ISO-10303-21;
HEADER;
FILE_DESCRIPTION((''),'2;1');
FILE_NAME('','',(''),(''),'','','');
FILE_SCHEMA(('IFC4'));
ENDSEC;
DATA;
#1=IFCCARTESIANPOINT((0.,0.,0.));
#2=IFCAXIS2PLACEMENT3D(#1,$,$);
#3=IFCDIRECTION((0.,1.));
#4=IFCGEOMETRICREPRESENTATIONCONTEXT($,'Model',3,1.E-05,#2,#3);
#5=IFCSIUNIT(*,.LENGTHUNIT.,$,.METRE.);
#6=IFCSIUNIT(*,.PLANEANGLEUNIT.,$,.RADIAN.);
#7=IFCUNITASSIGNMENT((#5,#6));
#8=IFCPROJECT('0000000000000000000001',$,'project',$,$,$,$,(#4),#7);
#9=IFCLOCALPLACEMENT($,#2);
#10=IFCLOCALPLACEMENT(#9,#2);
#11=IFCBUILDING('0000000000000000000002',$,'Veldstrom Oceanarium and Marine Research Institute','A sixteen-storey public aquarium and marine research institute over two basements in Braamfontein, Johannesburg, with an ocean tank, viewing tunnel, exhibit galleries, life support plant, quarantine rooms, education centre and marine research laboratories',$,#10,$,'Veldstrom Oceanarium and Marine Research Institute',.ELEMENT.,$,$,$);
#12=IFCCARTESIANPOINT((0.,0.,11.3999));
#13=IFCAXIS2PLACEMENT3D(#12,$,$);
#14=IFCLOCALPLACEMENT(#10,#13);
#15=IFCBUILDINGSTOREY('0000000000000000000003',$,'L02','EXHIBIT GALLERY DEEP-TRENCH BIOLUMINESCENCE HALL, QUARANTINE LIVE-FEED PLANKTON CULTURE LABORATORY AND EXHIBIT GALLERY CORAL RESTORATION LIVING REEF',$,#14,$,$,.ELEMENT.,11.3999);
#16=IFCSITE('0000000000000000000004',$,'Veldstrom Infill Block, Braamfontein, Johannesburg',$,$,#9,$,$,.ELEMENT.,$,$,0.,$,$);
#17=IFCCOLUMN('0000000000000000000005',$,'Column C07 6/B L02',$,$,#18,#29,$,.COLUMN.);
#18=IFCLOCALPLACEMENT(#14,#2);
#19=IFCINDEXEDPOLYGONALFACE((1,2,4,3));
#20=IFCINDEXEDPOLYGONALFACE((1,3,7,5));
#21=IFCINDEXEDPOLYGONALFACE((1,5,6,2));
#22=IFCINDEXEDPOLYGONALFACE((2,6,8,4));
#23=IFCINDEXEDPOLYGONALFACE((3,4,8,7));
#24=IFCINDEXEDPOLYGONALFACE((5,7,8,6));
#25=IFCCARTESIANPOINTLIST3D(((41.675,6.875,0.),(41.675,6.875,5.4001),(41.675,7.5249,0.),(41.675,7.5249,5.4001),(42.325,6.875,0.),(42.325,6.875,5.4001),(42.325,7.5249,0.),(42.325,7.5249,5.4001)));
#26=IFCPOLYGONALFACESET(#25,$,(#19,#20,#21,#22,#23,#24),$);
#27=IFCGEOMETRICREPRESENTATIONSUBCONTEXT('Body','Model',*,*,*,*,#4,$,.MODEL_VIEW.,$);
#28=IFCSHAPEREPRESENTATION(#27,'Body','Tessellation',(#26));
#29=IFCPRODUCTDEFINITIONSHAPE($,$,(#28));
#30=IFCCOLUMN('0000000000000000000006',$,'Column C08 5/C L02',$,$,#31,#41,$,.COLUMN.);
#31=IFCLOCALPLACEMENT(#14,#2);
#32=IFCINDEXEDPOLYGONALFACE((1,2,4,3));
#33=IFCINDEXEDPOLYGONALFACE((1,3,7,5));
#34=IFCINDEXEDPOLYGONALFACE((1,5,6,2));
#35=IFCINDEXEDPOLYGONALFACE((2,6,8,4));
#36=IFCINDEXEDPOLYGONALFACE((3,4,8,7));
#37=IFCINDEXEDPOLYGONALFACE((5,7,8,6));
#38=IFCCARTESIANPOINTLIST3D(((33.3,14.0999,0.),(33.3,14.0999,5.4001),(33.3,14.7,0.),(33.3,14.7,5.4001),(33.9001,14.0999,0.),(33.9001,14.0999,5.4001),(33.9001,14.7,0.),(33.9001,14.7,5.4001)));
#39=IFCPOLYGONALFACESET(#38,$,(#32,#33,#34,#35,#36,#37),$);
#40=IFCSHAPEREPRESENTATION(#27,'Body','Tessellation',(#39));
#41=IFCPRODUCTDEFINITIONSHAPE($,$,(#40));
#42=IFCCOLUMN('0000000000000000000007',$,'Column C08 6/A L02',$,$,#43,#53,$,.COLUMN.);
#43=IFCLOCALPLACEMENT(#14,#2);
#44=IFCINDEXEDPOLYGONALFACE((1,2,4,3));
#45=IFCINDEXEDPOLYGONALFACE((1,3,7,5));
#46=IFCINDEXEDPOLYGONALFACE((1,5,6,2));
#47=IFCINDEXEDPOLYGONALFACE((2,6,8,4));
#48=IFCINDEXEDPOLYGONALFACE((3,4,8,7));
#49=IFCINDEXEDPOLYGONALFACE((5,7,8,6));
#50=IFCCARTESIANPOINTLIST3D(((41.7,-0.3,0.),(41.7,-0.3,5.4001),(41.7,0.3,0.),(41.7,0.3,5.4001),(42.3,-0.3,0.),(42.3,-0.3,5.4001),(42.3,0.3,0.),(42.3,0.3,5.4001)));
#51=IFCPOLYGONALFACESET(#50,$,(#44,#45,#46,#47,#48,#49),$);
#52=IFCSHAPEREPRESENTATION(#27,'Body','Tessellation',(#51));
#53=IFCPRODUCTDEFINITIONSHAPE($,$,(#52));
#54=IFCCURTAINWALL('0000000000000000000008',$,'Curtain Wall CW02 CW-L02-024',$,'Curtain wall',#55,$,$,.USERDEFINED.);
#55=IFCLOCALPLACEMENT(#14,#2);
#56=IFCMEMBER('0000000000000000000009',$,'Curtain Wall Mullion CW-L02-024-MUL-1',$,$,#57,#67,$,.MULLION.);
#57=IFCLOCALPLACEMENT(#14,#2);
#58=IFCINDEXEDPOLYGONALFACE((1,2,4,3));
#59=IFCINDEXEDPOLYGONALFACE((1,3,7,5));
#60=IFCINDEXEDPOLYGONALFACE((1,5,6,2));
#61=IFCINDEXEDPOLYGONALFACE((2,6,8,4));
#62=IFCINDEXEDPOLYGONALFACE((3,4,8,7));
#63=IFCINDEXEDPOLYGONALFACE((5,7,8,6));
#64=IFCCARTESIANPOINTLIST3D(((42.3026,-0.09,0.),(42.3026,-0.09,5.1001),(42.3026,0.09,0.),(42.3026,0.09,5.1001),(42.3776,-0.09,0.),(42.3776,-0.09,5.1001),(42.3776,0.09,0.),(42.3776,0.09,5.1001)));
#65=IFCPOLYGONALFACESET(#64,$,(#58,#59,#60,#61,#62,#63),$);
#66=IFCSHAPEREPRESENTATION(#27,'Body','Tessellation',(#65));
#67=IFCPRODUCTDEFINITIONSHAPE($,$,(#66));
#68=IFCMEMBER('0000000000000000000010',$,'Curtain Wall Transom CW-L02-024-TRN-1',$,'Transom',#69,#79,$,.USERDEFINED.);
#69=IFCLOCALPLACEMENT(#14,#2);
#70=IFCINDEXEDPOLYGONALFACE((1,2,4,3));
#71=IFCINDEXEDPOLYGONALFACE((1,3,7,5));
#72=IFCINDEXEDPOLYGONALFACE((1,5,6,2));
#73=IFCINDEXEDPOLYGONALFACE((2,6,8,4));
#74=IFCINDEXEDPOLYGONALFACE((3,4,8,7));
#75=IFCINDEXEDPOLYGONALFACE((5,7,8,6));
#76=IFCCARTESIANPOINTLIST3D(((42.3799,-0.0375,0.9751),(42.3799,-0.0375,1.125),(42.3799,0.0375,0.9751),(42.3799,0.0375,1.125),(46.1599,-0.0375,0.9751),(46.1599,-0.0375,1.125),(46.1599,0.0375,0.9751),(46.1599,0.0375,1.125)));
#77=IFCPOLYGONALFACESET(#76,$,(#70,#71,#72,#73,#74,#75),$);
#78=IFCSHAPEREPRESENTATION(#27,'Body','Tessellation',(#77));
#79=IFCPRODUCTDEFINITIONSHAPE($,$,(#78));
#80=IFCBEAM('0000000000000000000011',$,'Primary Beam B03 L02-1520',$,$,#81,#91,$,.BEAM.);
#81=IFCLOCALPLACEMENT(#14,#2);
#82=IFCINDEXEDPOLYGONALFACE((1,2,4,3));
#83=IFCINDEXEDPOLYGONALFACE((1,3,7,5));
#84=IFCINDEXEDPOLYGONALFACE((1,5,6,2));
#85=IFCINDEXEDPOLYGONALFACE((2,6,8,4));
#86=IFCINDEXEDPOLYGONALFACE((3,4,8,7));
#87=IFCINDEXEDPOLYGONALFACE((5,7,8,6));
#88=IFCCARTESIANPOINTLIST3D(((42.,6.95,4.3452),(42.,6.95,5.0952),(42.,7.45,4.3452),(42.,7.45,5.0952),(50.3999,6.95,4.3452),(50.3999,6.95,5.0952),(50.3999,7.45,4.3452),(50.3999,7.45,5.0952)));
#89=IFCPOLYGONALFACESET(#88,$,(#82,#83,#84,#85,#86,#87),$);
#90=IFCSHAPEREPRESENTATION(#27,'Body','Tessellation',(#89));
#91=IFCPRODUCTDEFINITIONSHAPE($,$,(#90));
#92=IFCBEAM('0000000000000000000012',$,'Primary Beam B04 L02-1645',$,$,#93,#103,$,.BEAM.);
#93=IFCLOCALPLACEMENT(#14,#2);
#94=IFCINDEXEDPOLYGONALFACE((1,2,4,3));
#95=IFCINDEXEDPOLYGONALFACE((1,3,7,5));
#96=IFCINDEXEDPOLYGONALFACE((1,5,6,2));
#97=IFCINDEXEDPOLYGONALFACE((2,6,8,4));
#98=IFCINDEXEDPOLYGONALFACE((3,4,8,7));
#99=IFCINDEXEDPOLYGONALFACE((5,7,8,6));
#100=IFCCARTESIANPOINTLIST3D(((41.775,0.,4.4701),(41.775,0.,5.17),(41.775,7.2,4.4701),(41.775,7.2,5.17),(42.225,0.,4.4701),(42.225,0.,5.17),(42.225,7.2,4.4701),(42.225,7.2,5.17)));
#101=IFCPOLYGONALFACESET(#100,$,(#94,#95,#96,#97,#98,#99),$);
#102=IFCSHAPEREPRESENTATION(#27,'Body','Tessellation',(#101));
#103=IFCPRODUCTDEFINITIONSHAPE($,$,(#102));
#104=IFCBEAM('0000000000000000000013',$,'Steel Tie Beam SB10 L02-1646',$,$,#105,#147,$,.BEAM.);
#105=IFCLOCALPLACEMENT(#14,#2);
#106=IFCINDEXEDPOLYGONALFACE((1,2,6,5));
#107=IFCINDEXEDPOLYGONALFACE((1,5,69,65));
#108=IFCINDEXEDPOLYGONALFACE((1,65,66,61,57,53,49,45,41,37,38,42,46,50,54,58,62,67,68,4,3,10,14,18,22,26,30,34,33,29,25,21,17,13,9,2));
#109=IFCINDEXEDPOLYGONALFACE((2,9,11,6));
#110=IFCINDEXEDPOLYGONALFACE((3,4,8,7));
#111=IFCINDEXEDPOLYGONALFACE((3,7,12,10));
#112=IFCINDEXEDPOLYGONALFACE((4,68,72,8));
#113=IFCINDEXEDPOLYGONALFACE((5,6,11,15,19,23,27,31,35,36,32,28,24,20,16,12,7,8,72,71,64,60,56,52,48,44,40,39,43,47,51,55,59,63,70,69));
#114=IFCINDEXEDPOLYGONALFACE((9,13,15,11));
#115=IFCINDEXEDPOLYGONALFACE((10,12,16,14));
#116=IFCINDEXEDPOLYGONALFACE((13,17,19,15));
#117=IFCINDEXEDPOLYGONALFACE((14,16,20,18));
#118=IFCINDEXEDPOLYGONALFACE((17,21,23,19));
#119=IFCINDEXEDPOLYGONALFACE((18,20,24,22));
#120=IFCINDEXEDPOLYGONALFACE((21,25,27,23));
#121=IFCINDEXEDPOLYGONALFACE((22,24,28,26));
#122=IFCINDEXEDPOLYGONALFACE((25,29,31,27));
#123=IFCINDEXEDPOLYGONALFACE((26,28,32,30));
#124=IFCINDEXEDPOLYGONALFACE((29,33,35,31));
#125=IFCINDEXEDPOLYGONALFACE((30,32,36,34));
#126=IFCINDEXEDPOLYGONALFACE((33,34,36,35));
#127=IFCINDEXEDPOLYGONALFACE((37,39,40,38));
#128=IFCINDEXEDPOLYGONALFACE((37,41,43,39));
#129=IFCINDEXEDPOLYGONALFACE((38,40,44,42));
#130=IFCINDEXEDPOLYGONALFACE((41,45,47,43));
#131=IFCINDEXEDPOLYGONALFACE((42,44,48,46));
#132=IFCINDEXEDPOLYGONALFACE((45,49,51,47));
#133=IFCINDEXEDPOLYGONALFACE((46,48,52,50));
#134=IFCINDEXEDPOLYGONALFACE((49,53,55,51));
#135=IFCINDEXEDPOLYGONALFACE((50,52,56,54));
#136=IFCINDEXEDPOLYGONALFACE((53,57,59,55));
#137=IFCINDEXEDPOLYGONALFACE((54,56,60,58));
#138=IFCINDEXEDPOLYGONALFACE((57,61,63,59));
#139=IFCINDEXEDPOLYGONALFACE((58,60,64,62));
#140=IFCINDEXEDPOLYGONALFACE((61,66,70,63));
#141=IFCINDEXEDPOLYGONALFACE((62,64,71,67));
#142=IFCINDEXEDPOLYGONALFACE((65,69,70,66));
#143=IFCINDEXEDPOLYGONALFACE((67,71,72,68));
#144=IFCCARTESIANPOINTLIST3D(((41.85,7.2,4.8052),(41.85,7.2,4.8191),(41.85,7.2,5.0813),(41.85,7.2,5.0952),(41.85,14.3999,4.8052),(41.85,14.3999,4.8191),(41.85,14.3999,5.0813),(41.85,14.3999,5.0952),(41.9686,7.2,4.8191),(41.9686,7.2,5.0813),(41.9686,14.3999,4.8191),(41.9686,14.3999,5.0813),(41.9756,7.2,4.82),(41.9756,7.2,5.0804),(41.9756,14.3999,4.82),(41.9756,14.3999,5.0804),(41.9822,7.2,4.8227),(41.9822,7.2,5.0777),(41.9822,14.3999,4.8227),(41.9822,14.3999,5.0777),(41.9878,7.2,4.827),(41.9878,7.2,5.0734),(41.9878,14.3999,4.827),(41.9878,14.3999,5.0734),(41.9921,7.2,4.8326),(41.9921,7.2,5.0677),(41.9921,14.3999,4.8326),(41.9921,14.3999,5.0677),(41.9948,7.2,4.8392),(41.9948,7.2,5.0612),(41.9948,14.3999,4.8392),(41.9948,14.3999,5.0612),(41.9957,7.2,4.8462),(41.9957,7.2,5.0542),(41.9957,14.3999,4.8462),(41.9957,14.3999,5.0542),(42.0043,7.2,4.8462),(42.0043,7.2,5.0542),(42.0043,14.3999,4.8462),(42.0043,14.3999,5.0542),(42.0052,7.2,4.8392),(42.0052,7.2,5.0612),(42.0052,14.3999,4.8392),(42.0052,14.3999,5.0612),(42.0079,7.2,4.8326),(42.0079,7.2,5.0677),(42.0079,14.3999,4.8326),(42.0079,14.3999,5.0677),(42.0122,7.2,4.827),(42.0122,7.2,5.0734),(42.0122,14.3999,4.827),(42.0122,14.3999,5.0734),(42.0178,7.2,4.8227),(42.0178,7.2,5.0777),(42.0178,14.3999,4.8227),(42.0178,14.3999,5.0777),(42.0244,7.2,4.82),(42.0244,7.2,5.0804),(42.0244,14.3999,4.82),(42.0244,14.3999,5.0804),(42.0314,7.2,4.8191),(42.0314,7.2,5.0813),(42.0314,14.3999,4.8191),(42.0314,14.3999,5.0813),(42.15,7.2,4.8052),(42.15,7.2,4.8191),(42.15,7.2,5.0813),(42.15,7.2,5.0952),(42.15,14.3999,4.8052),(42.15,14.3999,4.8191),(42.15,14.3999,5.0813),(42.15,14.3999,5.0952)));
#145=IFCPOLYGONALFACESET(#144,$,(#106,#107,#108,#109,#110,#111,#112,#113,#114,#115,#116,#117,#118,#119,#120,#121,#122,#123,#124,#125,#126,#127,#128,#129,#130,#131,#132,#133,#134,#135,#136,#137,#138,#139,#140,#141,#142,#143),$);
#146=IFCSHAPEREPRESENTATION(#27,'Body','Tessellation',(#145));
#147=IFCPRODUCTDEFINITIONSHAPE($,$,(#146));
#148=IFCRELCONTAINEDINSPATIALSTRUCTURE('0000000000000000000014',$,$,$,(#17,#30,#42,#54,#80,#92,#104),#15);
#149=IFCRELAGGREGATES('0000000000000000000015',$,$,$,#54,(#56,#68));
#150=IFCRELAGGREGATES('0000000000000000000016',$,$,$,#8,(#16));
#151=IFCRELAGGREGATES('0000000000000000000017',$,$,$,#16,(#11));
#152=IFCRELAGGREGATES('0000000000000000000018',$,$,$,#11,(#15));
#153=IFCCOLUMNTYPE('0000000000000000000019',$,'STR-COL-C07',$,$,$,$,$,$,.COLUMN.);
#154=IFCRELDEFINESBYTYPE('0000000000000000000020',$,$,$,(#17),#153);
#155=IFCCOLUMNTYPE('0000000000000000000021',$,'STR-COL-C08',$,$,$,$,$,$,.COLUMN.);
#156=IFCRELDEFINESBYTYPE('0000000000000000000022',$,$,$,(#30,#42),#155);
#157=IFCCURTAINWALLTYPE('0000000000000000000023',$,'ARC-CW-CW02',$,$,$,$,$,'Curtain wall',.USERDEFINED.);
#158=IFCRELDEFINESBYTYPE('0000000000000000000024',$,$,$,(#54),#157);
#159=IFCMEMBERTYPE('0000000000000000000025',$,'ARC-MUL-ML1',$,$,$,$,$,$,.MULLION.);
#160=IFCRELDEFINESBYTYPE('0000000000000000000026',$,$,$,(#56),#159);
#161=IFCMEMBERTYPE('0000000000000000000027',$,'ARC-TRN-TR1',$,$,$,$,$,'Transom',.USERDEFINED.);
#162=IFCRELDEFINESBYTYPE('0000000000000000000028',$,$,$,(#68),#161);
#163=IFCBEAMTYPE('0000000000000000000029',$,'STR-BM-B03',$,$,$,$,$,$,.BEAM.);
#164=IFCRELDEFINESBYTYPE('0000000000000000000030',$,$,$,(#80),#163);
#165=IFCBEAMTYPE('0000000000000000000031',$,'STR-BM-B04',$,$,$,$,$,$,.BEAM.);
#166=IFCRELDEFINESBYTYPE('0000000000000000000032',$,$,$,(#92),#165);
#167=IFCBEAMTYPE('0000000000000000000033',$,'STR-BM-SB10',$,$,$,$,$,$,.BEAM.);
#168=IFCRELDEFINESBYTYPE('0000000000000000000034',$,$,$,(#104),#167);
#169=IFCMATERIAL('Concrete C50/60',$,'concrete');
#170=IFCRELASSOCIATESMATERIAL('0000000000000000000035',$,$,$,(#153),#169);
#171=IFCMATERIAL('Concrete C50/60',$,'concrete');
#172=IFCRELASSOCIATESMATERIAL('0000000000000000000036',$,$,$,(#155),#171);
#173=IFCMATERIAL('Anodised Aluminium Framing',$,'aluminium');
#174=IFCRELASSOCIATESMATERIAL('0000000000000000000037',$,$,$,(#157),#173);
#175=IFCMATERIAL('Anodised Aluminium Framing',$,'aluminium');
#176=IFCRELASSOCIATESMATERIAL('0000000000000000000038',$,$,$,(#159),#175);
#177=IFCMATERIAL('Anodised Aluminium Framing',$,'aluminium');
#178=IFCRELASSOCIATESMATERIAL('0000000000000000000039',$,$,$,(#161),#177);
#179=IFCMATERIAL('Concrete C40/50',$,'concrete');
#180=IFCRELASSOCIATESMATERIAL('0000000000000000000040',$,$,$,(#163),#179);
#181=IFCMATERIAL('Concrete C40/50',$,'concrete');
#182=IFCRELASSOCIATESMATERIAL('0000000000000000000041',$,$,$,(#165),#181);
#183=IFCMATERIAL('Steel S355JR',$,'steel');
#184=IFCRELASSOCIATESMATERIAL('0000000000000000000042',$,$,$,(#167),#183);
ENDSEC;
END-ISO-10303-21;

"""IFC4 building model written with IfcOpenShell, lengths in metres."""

from ifc_helpers import new_model, si_unit, direction, frame, origin, origin_2d, place, context, subcontext, project, spatial, rectangle, i_section, extrude, material, material_profile, profile_set, type_object, element, aggregate, save


model = new_model("IFC4")

# Units and contexts
model_context = context("Model", 3, precision=1e-05, world=origin(), true_north=direction((0.0, 1.0)))
body_context = subcontext(model_context, "Body", "Model", "MODEL_VIEW")
ifc_project = project(units=[si_unit("LENGTHUNIT", "METRE"), si_unit("PLANEANGLEUNIT", "RADIAN")], contexts=[model_context])

# Site, building, storey
site_placement = place(None, origin())
site = spatial("IfcSite", under=ifc_project, at=site_placement, Name="Veldstrom Infill Block, Braamfontein, Johannesburg", CompositionType="ELEMENT", RefElevation=0.0)
building_placement = place(site_placement, origin())
building = spatial("IfcBuilding", under=site, at=building_placement, Name="Veldstrom Oceanarium and Marine Research Institute", Description="A sixteen-storey public aquarium and marine research institute over two basements in Braamfontein, Johannesburg, with an ocean tank, viewing tunnel, exhibit galleries, life support plant, quarantine rooms, education centre and marine research laboratories", LongName="Veldstrom Oceanarium and Marine Research Institute", CompositionType="ELEMENT")
storey_placement = place(building_placement, frame((0.0, 0.0, 11.3999)))
storey = spatial("IfcBuildingStorey", under=building, at=storey_placement, Name="L02", Description="EXHIBIT GALLERY DEEP-TRENCH BIOLUMINESCENCE HALL, QUARANTINE LIVE-FEED PLANKTON CULTURE LABORATORY AND EXHIBIT GALLERY CORAL RESTORATION LIVING REEF", CompositionType="ELEMENT", Elevation=11.3999)

# Columns
ifc_material_1 = material(Name="Concrete C50/60", Category="concrete")
ifc_material_profile_1 = material_profile(ifc_material_1, rectangle(XDim=0.6499, YDim=0.6499, at=origin_2d()), Name="RC-COL-650x650")
ifc_profile_set_1 = profile_set([ifc_material_profile_1], Name="Concrete C50/60")
column_type_1 = type_object("IfcColumnType", Name="STR-COL-C07", PredefinedType="COLUMN", material=ifc_profile_set_1)
column_placement = place(storey_placement, frame((42.0, 7.2, 0.0), z_axis=(0.0, 0.0, 1.0), x_axis=(1.0, 0.0, 0.0)))
element("IfcColumn", 1, at=column_placement, inside=storey, type_object=column_type_1, Name="Column C07 6/B L02", PredefinedType="COLUMN", context=body_context, shape_type="SweptSolid", body=[
    extrude(rectangle(XDim=0.6499, YDim=0.6499, at=origin_2d()), origin(), (0.0, 0.0, 1.0), 5.4001),
])
ifc_material_2 = material(Name="Concrete C50/60", Category="concrete")
ifc_material_profile_2 = material_profile(ifc_material_2, rectangle(XDim=0.6001, YDim=0.6001, at=origin_2d()), Name="RC-COL-600x600")
ifc_profile_set_2 = profile_set([ifc_material_profile_2], Name="Concrete C50/60")
column_type_2 = type_object("IfcColumnType", Name="STR-COL-C08", PredefinedType="COLUMN", material=ifc_profile_set_2)
for number, where, z_axis, x_axis, name in (
    (2, (33.6001, 14.3999, 0.0), (0.0, 0.0, 1.0), (1.0, 0.0, 0.0), "Column C08 5/C L02"),
    (3, (42.0, 0.0, 0.0), (0.0, 0.0, 1.0), (1.0, 0.0, 0.0), "Column C08 6/A L02"),
):
    element("IfcColumn", number, at=place(storey_placement, frame(where, z_axis=z_axis, x_axis=x_axis)), inside=storey, type_object=column_type_2, Name=name, PredefinedType="COLUMN", context=body_context, shape_type="SweptSolid", body=[
        extrude(rectangle(XDim=0.6001, YDim=0.6001, at=origin_2d()), origin(), (0.0, 0.0, 1.0), 5.4001),
    ])

# Curtain wall, members
ifc_material_3 = material(Name="Anodised Aluminium Framing", Category="aluminium")
curtain_wall_type = type_object("IfcCurtainWallType", Name="ARC-CW-CW02", ElementType="Curtain wall", PredefinedType="USERDEFINED", material=ifc_material_3)
curtain_wall_placement = place(storey_placement, origin())
curtain_wall = element("IfcCurtainWall", 4, at=curtain_wall_placement, inside=storey, type_object=curtain_wall_type, Name="Curtain Wall CW02 CW-L02-024", ObjectType="Curtain wall", PredefinedType="USERDEFINED")
ifc_material_4 = material(Name="Anodised Aluminium Framing", Category="aluminium")
ifc_material_profile_3 = material_profile(ifc_material_4, rectangle(XDim=0.075, YDim=0.1799, at=origin_2d()), Name="ALU-MUL-75x180")
ifc_profile_set_3 = profile_set([ifc_material_profile_3], Name="Anodised Aluminium Framing")
member_type_1 = type_object("IfcMemberType", Name="ARC-MUL-ML1", PredefinedType="MULLION", material=ifc_profile_set_3)
member_1_placement = place(storey_placement, frame((42.3401, 0.0, 0.0), z_axis=(0.0, 0.0, 1.0), x_axis=(1.0, 0.0, 0.0)))
member_1 = element("IfcMember", 5, at=member_1_placement, type_object=member_type_1, Name="Curtain Wall Mullion CW-L02-024-MUL-1", PredefinedType="MULLION", context=body_context, shape_type="SweptSolid", body=[
    extrude(rectangle(XDim=0.075, YDim=0.1799, at=origin_2d()), origin(), (0.0, 0.0, 1.0), 5.1001),
])
ifc_material_5 = material(Name="Anodised Aluminium Framing", Category="aluminium")
ifc_material_profile_4 = material_profile(ifc_material_5, rectangle(XDim=0.075, YDim=0.1499, at=origin_2d()), Name="ALU-TRN-75x150")
ifc_profile_set_4 = profile_set([ifc_material_profile_4], Name="Anodised Aluminium Framing")
member_type_2 = type_object("IfcMemberType", Name="ARC-TRN-TR1", ElementType="Transom", PredefinedType="USERDEFINED", material=ifc_profile_set_4)
member_2_placement = place(storey_placement, frame((42.3799, 0.0, 1.05), z_axis=(1.0, 0.0, 0.0), x_axis=(0.0, 1.0, 0.0)))
member_2 = element("IfcMember", 6, at=member_2_placement, type_object=member_type_2, Name="Curtain Wall Transom CW-L02-024-TRN-1", ObjectType="Transom", PredefinedType="USERDEFINED", context=body_context, shape_type="SweptSolid", body=[
    extrude(rectangle(XDim=0.075, YDim=0.1499, at=origin_2d()), origin(), (0.0, 0.0, 1.0), 3.78),
])
aggregate(curtain_wall, [member_1, member_2])

# Beams
ifc_material_6 = material(Name="Concrete C40/50", Category="concrete")
ifc_material_profile_5 = material_profile(ifc_material_6, rectangle(XDim=0.5, YDim=0.75, at=origin_2d()), Name="RC-BM-500x750")
ifc_profile_set_5 = profile_set([ifc_material_profile_5], Name="Concrete C40/50")
beam_type_1 = type_object("IfcBeamType", Name="STR-BM-B03", PredefinedType="BEAM", material=ifc_profile_set_5)
beam_1_placement = place(storey_placement, frame((42.0, 7.2, 4.7202), z_axis=(1.0, 0.0, 0.0), x_axis=(0.0, 1.0, 0.0)))
element("IfcBeam", 7, at=beam_1_placement, inside=storey, type_object=beam_type_1, Name="Primary Beam B03 L02-1520", PredefinedType="BEAM", context=body_context, shape_type="SweptSolid", body=[
    extrude(rectangle(XDim=0.5, YDim=0.75, at=origin_2d()), origin(), (0.0, 0.0, 1.0), 8.3999),
])
ifc_material_7 = material(Name="Concrete C40/50", Category="concrete")
ifc_material_profile_6 = material_profile(ifc_material_7, rectangle(XDim=0.45, YDim=0.7, at=origin_2d()), Name="RC-BM-450x700")
ifc_profile_set_6 = profile_set([ifc_material_profile_6], Name="Concrete C40/50")
beam_type_2 = type_object("IfcBeamType", Name="STR-BM-B04", PredefinedType="BEAM", material=ifc_profile_set_6)
beam_2_placement = place(storey_placement, frame((42.0, 0.0, 4.8201), z_axis=(0.0, 1.0, 0.0), x_axis=(-1.0, 0.0, 0.0)))
element("IfcBeam", 8, at=beam_2_placement, inside=storey, type_object=beam_type_2, Name="Primary Beam B04 L02-1645", PredefinedType="BEAM", context=body_context, shape_type="SweptSolid", body=[
    extrude(rectangle(XDim=0.45, YDim=0.7, at=origin_2d()), origin(), (0.0, 0.0, 1.0), 7.2),
])
ifc_material_8 = material(Name="Steel S355JR", Category="steel")
ifc_material_profile_7 = material_profile(ifc_material_8, i_section(OverallWidth=0.3, OverallDepth=0.29, WebThickness=0.0085, FlangeThickness=0.0139, FilletRadius=0.0271, at=origin_2d()), Name="HEA 300")
ifc_profile_set_7 = profile_set([ifc_material_profile_7], Name="Steel S355JR")
beam_type_3 = type_object("IfcBeamType", Name="STR-BM-SB10", PredefinedType="BEAM", material=ifc_profile_set_7)
beam_3_placement = place(storey_placement, frame((42.0, 7.2, 4.9502), z_axis=(0.0, 1.0, 0.0), x_axis=(-1.0, 0.0, 0.0)))
element("IfcBeam", 9, at=beam_3_placement, inside=storey, type_object=beam_type_3, Name="Steel Tie Beam SB10 L02-1646", PredefinedType="BEAM", context=body_context, shape_type="SweptSolid", body=[
    extrude(i_section(OverallWidth=0.3, OverallDepth=0.29, WebThickness=0.0085, FlangeThickness=0.0139, FilletRadius=0.0271, at=origin_2d()), origin(), (0.0, 0.0, 1.0), 7.2),
])

save(model, "model.ifc")
